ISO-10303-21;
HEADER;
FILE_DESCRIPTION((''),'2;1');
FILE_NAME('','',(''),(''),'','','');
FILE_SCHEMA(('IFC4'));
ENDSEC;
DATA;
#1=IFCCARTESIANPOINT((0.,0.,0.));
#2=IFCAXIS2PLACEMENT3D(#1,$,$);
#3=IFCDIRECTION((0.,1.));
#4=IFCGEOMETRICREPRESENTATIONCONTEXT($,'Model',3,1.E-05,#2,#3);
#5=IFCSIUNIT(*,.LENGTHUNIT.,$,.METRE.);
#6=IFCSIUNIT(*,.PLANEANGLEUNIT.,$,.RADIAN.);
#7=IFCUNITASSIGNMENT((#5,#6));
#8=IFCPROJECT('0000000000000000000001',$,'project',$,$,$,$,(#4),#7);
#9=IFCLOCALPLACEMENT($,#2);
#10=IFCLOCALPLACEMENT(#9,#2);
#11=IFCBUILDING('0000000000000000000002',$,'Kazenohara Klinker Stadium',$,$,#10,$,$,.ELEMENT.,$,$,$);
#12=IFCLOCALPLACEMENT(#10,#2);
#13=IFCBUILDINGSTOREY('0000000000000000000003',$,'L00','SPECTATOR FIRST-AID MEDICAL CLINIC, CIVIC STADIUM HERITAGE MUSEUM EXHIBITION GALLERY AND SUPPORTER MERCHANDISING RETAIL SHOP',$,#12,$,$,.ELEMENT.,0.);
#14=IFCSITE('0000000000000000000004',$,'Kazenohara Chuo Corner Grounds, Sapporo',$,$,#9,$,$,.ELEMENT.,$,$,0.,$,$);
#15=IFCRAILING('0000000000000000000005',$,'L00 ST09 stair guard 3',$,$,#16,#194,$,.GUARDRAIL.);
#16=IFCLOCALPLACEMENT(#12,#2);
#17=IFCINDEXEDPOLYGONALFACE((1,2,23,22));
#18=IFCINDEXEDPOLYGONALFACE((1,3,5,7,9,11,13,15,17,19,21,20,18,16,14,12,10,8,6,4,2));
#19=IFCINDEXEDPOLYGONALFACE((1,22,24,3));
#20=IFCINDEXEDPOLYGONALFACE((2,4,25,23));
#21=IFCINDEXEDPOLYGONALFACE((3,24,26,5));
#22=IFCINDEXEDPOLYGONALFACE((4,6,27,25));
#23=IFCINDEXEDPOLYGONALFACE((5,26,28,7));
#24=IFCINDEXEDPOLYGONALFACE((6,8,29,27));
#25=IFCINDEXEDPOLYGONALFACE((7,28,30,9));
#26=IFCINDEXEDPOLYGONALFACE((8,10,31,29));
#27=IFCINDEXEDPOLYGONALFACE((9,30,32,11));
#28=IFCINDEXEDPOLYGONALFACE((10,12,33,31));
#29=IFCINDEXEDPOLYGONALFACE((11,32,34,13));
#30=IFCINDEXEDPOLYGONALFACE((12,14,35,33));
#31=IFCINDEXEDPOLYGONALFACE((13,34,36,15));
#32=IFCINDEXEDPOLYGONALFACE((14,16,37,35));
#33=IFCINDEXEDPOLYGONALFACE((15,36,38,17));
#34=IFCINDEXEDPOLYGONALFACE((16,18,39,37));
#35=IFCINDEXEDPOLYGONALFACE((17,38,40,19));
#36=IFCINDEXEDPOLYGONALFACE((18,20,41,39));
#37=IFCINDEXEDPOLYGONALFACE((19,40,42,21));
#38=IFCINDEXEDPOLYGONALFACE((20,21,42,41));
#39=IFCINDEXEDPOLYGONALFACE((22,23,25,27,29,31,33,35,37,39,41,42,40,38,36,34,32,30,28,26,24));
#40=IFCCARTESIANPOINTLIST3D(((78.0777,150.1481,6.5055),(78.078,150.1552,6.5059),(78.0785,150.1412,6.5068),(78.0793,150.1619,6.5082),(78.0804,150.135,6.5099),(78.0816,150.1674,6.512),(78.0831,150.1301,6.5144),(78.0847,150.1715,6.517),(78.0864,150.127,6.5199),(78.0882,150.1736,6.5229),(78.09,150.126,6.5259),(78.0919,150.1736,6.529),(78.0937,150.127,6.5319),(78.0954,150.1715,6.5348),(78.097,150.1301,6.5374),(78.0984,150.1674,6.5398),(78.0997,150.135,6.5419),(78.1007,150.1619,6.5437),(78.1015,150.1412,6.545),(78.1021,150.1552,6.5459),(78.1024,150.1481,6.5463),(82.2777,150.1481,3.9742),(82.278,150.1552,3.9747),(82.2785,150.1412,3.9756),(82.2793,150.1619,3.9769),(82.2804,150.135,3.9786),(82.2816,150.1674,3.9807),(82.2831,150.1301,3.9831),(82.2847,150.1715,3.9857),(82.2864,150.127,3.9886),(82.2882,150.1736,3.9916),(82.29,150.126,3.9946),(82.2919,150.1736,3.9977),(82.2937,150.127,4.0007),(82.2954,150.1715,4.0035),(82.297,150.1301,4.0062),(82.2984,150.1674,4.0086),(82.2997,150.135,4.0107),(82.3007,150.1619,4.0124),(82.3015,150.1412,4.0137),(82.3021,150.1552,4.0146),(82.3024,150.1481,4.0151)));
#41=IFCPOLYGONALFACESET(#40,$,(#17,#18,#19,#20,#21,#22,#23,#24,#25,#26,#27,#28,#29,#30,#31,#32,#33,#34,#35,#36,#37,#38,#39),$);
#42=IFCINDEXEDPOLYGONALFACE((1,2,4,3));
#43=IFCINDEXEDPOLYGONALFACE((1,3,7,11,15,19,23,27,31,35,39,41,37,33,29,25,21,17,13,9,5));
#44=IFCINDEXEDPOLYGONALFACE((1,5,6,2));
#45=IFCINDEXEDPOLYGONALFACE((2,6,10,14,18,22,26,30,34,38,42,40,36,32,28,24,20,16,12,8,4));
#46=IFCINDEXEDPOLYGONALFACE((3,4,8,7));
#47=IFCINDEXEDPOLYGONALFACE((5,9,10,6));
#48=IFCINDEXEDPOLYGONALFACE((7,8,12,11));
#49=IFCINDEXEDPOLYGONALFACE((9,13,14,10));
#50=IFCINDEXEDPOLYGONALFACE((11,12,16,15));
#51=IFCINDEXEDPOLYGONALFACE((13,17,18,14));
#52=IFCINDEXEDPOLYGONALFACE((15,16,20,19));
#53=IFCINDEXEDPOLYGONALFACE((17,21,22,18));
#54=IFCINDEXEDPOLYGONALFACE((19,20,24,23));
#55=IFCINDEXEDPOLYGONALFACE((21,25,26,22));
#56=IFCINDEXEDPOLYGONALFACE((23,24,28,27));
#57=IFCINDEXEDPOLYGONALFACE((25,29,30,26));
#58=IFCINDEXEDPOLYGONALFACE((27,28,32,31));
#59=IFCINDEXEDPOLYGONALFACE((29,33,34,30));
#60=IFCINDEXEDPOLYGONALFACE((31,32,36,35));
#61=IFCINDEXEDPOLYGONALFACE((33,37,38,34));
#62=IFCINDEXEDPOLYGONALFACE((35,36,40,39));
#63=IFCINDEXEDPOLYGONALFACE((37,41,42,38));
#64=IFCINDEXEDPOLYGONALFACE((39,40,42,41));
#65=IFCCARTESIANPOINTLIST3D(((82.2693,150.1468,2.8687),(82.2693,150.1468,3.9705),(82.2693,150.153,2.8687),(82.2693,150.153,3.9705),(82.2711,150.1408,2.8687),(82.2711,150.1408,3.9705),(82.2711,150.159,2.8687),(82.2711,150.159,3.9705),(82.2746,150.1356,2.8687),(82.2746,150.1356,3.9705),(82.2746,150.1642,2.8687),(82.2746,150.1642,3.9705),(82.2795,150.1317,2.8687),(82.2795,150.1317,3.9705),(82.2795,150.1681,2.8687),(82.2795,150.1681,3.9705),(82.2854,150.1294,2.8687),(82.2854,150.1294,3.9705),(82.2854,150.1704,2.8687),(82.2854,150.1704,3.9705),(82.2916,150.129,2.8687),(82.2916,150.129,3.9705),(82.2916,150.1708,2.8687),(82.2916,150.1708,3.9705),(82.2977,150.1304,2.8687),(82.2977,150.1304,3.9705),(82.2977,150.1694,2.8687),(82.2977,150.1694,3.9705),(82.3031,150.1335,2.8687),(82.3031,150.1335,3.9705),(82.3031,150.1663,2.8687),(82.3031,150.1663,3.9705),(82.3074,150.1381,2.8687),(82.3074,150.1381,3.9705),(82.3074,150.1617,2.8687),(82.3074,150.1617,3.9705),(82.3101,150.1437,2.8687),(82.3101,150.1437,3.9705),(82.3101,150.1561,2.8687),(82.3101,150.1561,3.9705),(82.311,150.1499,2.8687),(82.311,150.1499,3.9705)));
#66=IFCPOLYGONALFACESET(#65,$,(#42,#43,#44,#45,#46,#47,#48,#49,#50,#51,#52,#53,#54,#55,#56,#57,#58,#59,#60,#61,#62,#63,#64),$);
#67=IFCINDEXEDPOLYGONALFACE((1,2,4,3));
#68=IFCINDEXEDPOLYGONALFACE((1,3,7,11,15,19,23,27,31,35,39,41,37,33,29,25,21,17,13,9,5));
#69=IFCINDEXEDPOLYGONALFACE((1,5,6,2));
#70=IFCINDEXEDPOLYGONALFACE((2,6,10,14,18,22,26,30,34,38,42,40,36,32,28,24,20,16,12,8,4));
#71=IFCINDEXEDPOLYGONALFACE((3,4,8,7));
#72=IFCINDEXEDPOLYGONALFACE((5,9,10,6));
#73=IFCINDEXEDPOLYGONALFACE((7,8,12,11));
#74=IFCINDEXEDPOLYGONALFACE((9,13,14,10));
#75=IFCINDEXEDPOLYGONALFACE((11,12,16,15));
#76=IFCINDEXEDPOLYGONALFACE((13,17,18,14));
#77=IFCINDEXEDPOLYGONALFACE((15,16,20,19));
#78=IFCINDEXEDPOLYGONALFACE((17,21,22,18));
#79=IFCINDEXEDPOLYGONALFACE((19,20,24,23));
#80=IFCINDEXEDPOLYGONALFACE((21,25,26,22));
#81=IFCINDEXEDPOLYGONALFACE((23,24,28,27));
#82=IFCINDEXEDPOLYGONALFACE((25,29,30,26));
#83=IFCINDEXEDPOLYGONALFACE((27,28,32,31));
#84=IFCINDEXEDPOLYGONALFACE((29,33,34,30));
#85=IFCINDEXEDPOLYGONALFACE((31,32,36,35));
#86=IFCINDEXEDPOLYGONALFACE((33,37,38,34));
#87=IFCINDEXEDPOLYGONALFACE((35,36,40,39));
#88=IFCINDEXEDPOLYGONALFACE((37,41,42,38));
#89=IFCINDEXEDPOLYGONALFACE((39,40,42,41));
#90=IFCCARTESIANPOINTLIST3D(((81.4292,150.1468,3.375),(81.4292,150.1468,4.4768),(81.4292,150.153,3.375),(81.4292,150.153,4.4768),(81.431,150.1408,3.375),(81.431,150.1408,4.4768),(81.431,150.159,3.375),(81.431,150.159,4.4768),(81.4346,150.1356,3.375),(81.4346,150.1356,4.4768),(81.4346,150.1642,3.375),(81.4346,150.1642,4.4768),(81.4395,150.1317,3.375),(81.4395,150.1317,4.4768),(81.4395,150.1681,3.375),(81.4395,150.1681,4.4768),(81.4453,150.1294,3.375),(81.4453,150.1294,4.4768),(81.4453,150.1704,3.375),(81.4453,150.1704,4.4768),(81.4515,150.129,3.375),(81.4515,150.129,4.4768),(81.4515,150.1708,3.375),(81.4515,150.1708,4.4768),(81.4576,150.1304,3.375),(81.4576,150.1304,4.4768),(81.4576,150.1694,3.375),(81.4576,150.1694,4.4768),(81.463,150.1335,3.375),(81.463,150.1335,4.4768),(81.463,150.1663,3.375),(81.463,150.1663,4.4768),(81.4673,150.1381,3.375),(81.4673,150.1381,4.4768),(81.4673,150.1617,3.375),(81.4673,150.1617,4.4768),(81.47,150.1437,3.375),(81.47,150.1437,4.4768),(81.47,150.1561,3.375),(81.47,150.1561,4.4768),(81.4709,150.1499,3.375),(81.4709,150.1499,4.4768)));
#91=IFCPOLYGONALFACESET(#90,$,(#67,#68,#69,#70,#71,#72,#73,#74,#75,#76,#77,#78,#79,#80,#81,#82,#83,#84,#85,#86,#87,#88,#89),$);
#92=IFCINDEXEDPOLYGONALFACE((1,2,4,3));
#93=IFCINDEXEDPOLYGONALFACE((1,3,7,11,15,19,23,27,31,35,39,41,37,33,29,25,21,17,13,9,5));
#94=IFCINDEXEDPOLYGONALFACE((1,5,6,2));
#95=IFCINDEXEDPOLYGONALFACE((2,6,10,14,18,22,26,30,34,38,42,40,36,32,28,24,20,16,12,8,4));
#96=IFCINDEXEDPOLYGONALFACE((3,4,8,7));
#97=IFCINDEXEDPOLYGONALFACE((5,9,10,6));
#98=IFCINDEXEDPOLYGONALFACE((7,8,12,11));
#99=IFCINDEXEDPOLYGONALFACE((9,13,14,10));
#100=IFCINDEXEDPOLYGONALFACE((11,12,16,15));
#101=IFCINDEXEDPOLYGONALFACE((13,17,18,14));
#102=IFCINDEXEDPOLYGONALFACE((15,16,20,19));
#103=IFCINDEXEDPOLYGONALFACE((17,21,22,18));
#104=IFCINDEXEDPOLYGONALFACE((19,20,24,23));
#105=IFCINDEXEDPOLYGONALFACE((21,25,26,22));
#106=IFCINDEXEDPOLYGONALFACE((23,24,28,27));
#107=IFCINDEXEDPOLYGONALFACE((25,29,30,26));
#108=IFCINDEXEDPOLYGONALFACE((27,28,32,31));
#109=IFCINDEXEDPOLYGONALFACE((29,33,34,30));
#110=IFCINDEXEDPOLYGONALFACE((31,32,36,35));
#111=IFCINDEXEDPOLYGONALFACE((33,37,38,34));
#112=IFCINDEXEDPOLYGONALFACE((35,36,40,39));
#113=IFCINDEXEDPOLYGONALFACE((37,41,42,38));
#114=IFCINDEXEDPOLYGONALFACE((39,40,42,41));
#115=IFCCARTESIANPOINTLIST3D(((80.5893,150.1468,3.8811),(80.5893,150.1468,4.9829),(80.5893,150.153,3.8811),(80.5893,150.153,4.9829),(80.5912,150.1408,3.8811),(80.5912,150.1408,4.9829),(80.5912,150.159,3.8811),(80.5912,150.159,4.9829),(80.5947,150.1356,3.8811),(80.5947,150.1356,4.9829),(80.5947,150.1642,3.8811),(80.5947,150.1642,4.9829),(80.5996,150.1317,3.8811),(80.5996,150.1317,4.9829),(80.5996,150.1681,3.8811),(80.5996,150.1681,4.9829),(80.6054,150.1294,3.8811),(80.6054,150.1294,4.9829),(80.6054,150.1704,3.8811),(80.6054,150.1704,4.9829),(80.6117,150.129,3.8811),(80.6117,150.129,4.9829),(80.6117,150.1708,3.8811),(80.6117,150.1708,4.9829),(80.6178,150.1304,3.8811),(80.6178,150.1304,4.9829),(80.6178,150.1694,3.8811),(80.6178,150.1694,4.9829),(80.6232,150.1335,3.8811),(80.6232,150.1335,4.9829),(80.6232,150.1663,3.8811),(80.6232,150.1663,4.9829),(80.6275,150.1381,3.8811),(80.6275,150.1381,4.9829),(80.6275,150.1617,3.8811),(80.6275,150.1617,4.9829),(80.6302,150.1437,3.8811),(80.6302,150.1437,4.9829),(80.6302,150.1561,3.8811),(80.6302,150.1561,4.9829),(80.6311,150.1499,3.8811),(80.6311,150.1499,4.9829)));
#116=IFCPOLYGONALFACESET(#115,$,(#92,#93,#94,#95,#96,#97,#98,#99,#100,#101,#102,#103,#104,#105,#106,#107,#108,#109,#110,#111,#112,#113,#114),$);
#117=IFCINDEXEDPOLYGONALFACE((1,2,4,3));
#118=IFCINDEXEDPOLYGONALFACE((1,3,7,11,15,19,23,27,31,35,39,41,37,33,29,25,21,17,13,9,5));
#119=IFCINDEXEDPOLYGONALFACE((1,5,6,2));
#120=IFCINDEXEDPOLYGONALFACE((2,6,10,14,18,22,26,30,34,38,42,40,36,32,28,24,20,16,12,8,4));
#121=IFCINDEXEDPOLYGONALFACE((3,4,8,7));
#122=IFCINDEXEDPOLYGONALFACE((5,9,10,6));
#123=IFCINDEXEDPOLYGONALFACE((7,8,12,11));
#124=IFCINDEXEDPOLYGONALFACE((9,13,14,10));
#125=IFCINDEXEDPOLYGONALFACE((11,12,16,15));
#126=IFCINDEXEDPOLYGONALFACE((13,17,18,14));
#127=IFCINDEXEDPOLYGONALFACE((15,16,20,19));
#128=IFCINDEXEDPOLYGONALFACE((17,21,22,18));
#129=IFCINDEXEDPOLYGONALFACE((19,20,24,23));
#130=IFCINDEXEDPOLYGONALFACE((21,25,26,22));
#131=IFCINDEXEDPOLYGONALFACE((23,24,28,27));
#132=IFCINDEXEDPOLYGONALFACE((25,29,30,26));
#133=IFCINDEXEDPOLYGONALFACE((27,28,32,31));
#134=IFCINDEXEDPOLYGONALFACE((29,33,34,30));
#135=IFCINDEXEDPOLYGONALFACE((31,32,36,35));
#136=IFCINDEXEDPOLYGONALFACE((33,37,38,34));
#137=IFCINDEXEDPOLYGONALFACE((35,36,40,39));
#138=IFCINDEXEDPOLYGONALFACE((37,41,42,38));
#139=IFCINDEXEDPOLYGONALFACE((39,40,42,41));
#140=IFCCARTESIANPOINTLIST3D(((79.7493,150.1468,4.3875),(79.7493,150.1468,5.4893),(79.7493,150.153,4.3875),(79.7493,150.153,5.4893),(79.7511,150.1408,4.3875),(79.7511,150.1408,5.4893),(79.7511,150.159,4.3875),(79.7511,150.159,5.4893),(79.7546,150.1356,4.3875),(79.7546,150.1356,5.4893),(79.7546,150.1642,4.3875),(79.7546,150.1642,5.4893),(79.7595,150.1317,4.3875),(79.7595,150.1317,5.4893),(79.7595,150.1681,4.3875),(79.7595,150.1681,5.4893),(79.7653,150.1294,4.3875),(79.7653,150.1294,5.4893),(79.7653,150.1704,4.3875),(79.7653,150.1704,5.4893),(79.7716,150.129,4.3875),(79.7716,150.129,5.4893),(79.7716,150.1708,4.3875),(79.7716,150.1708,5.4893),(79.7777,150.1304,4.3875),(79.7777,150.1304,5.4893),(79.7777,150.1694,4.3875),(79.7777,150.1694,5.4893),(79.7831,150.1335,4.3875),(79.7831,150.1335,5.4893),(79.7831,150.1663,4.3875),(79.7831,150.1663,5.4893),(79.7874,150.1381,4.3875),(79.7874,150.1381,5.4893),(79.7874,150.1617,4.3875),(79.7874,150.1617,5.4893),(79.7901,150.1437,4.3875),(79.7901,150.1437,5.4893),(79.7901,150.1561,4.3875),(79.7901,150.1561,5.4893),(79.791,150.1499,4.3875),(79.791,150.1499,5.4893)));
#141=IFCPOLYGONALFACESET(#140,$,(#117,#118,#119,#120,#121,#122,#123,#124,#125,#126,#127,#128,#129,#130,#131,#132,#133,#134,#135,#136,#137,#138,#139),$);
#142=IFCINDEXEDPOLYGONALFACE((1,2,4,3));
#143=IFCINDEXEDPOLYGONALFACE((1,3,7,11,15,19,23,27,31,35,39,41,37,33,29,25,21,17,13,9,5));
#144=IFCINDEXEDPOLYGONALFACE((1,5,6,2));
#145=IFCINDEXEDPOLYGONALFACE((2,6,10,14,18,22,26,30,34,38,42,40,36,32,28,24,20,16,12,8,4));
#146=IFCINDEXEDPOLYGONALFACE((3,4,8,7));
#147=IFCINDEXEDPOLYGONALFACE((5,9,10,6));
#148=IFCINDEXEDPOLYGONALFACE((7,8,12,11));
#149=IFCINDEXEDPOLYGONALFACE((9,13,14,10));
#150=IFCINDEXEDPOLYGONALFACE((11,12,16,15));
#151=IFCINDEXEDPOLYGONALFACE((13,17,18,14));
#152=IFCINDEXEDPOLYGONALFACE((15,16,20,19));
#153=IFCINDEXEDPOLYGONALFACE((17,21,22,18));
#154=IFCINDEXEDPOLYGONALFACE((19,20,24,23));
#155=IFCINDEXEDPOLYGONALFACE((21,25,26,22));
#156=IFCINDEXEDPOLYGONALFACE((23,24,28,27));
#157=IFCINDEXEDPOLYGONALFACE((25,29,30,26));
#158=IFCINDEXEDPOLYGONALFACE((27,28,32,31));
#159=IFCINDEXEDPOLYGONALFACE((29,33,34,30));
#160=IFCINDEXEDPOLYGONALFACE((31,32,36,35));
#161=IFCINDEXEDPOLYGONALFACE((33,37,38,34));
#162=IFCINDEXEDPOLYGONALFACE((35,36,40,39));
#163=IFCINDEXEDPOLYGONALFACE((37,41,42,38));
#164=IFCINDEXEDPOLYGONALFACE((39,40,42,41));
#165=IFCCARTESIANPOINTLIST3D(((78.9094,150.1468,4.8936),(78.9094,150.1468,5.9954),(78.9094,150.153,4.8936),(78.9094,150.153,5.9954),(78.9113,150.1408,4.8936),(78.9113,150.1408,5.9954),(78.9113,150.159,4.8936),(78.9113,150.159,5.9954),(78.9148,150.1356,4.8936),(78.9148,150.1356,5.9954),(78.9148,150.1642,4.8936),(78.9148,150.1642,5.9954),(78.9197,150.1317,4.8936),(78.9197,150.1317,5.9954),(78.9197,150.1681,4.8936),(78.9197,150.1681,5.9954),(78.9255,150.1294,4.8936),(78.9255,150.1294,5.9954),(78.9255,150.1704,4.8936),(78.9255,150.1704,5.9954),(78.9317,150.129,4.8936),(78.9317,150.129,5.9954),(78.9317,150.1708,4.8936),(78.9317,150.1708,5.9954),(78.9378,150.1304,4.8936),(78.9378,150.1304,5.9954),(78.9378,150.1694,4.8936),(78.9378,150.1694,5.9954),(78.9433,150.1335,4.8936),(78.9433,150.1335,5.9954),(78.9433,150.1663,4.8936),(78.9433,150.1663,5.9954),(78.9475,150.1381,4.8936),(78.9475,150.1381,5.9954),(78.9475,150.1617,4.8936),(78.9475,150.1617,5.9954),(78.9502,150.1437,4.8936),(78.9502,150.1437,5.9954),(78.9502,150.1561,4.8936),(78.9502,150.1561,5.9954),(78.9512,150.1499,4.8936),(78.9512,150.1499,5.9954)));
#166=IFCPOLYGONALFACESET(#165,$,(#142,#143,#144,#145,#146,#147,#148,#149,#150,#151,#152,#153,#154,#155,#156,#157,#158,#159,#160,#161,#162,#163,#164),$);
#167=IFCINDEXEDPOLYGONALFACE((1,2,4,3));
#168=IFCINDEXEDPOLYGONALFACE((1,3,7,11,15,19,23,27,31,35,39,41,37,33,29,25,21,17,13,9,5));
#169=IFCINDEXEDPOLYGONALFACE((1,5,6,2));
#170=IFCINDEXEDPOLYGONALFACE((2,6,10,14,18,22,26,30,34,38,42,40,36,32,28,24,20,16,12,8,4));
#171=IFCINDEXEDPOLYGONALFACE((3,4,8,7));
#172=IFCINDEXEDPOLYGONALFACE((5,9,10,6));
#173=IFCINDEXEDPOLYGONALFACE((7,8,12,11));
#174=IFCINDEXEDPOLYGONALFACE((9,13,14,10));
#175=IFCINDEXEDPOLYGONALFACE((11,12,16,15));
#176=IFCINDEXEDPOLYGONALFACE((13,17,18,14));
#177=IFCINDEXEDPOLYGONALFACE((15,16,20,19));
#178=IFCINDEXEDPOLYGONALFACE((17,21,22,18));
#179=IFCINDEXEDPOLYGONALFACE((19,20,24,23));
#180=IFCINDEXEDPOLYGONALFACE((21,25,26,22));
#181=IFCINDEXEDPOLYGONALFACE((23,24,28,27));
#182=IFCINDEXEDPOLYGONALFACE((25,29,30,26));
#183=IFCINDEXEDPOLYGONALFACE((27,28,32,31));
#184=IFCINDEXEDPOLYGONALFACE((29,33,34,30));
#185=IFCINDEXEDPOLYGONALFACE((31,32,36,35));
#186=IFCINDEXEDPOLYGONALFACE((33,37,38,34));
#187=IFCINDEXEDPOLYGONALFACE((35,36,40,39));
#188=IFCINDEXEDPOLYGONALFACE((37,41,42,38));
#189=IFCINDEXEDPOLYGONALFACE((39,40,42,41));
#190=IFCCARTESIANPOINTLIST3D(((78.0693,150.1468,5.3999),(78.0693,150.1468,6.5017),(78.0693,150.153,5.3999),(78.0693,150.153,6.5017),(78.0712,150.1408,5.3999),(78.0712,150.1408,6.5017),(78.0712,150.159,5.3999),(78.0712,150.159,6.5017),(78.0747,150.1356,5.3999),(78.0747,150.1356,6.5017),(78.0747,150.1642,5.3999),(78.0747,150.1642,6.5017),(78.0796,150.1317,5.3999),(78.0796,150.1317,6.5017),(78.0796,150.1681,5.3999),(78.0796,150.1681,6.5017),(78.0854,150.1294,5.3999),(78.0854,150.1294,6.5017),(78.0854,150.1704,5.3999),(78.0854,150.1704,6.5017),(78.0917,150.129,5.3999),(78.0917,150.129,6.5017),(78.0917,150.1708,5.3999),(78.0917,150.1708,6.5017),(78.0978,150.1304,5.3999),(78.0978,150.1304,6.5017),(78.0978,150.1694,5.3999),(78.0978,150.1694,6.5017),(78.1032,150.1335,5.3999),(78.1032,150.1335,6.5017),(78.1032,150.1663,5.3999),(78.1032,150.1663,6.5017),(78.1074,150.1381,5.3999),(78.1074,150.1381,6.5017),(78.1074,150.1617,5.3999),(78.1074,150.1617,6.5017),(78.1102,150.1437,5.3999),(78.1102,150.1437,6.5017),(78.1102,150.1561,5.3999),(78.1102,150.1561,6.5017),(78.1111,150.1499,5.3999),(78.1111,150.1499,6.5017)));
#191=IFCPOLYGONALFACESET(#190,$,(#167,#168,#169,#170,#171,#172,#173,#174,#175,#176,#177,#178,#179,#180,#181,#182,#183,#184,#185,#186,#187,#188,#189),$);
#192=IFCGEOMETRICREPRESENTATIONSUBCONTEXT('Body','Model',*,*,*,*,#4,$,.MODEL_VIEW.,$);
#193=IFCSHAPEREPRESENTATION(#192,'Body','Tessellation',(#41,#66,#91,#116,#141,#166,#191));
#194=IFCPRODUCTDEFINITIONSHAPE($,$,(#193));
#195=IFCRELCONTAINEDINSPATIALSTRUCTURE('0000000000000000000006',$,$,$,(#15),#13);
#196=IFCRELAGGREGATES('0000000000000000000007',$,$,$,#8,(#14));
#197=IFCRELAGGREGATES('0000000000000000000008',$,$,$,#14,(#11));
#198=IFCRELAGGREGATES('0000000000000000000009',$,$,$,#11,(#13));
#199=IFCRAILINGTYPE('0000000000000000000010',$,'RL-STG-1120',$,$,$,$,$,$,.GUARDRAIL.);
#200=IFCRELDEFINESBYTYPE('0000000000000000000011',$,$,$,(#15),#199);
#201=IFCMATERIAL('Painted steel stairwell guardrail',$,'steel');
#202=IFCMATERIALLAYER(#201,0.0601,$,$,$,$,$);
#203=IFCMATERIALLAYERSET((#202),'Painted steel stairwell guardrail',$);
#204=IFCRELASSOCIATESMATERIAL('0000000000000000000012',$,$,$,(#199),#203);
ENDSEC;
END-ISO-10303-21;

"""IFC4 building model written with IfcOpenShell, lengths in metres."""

from ifc_helpers import new_model, si_unit, direction, frame, origin, origin_2d, place, context, subcontext, project, spatial, circle, extrude, material, layer, layer_set, type_object, element, save


model = new_model("IFC4")

# Units and contexts
model_context = context("Model", 3, precision=1e-05, world=origin(), true_north=direction((0.0, 1.0)))
body_context = subcontext(model_context, "Body", "Model", "MODEL_VIEW")
ifc_project = project(units=[si_unit("LENGTHUNIT", "METRE"), si_unit("PLANEANGLEUNIT", "RADIAN")], contexts=[model_context])

# Site, building, storey
site_placement = place(None, origin())
site = spatial("IfcSite", under=ifc_project, at=site_placement, Name="Kazenohara Chuo Corner Grounds, Sapporo", CompositionType="ELEMENT", RefElevation=0.0)
building_placement = place(site_placement, origin())
building = spatial("IfcBuilding", under=site, at=building_placement, Name="Kazenohara Klinker Stadium", CompositionType="ELEMENT")
storey_placement = place(building_placement, origin())
storey = spatial("IfcBuildingStorey", under=building, at=storey_placement, Name="L00", Description="SPECTATOR FIRST-AID MEDICAL CLINIC, CIVIC STADIUM HERITAGE MUSEUM EXHIBITION GALLERY AND SUPPORTER MERCHANDISING RETAIL SHOP", CompositionType="ELEMENT", Elevation=0.0)

# Railing
ifc_material_1 = material(Name="Painted steel stairwell guardrail", Category="steel")
ifc_layer_1 = layer(ifc_material_1, 0.0601)
ifc_layer_set_1 = layer_set([ifc_layer_1], Name="Painted steel stairwell guardrail")
railing_type_1 = type_object("IfcRailingType", Name="RL-STG-1120", PredefinedType="GUARDRAIL", material=ifc_layer_set_1)
railing_1_placement = place(storey_placement, frame((82.29, 150.1499, 2.8687)))
element("IfcRailing", 1, at=railing_1_placement, inside=storey, type_object=railing_type_1, Name="L00 ST09 stair guard 3", PredefinedType="GUARDRAIL", context=body_context, shape_type="SweptSolid", body=[
    extrude(circle(Radius=0.0239, at=origin_2d()), frame((0.0, 0.0, 1.126), z_axis=(-0.856476, 0.0, 0.516186), x_axis=(0.0, -1.0, 0.0)), (0.0, 0.0, 1.0), 4.9038),
    extrude(circle(Radius=0.021, at=origin_2d()), origin(), (0.0, 0.0, 1.0), 1.1018),
    extrude(circle(Radius=0.021, at=origin_2d()), frame((-0.8401, 0.0, 0.5063)), (0.0, 0.0, 1.0), 1.1018),
    extrude(circle(Radius=0.021, at=origin_2d()), frame((-1.6799, 0.0, 1.0125)), (0.0, 0.0, 1.0), 1.1018),
    extrude(circle(Radius=0.021, at=origin_2d()), frame((-2.52, 0.0, 1.5188)), (0.0, 0.0, 1.0), 1.1018),
    extrude(circle(Radius=0.021, at=origin_2d()), frame((-3.3599, 0.0, 2.0249)), (0.0, 0.0, 1.0), 1.1018),
    extrude(circle(Radius=0.021, at=origin_2d()), frame((-4.2, 0.0, 2.5312)), (0.0, 0.0, 1.0), 1.1018),
])

save(model, "model.ifc")
